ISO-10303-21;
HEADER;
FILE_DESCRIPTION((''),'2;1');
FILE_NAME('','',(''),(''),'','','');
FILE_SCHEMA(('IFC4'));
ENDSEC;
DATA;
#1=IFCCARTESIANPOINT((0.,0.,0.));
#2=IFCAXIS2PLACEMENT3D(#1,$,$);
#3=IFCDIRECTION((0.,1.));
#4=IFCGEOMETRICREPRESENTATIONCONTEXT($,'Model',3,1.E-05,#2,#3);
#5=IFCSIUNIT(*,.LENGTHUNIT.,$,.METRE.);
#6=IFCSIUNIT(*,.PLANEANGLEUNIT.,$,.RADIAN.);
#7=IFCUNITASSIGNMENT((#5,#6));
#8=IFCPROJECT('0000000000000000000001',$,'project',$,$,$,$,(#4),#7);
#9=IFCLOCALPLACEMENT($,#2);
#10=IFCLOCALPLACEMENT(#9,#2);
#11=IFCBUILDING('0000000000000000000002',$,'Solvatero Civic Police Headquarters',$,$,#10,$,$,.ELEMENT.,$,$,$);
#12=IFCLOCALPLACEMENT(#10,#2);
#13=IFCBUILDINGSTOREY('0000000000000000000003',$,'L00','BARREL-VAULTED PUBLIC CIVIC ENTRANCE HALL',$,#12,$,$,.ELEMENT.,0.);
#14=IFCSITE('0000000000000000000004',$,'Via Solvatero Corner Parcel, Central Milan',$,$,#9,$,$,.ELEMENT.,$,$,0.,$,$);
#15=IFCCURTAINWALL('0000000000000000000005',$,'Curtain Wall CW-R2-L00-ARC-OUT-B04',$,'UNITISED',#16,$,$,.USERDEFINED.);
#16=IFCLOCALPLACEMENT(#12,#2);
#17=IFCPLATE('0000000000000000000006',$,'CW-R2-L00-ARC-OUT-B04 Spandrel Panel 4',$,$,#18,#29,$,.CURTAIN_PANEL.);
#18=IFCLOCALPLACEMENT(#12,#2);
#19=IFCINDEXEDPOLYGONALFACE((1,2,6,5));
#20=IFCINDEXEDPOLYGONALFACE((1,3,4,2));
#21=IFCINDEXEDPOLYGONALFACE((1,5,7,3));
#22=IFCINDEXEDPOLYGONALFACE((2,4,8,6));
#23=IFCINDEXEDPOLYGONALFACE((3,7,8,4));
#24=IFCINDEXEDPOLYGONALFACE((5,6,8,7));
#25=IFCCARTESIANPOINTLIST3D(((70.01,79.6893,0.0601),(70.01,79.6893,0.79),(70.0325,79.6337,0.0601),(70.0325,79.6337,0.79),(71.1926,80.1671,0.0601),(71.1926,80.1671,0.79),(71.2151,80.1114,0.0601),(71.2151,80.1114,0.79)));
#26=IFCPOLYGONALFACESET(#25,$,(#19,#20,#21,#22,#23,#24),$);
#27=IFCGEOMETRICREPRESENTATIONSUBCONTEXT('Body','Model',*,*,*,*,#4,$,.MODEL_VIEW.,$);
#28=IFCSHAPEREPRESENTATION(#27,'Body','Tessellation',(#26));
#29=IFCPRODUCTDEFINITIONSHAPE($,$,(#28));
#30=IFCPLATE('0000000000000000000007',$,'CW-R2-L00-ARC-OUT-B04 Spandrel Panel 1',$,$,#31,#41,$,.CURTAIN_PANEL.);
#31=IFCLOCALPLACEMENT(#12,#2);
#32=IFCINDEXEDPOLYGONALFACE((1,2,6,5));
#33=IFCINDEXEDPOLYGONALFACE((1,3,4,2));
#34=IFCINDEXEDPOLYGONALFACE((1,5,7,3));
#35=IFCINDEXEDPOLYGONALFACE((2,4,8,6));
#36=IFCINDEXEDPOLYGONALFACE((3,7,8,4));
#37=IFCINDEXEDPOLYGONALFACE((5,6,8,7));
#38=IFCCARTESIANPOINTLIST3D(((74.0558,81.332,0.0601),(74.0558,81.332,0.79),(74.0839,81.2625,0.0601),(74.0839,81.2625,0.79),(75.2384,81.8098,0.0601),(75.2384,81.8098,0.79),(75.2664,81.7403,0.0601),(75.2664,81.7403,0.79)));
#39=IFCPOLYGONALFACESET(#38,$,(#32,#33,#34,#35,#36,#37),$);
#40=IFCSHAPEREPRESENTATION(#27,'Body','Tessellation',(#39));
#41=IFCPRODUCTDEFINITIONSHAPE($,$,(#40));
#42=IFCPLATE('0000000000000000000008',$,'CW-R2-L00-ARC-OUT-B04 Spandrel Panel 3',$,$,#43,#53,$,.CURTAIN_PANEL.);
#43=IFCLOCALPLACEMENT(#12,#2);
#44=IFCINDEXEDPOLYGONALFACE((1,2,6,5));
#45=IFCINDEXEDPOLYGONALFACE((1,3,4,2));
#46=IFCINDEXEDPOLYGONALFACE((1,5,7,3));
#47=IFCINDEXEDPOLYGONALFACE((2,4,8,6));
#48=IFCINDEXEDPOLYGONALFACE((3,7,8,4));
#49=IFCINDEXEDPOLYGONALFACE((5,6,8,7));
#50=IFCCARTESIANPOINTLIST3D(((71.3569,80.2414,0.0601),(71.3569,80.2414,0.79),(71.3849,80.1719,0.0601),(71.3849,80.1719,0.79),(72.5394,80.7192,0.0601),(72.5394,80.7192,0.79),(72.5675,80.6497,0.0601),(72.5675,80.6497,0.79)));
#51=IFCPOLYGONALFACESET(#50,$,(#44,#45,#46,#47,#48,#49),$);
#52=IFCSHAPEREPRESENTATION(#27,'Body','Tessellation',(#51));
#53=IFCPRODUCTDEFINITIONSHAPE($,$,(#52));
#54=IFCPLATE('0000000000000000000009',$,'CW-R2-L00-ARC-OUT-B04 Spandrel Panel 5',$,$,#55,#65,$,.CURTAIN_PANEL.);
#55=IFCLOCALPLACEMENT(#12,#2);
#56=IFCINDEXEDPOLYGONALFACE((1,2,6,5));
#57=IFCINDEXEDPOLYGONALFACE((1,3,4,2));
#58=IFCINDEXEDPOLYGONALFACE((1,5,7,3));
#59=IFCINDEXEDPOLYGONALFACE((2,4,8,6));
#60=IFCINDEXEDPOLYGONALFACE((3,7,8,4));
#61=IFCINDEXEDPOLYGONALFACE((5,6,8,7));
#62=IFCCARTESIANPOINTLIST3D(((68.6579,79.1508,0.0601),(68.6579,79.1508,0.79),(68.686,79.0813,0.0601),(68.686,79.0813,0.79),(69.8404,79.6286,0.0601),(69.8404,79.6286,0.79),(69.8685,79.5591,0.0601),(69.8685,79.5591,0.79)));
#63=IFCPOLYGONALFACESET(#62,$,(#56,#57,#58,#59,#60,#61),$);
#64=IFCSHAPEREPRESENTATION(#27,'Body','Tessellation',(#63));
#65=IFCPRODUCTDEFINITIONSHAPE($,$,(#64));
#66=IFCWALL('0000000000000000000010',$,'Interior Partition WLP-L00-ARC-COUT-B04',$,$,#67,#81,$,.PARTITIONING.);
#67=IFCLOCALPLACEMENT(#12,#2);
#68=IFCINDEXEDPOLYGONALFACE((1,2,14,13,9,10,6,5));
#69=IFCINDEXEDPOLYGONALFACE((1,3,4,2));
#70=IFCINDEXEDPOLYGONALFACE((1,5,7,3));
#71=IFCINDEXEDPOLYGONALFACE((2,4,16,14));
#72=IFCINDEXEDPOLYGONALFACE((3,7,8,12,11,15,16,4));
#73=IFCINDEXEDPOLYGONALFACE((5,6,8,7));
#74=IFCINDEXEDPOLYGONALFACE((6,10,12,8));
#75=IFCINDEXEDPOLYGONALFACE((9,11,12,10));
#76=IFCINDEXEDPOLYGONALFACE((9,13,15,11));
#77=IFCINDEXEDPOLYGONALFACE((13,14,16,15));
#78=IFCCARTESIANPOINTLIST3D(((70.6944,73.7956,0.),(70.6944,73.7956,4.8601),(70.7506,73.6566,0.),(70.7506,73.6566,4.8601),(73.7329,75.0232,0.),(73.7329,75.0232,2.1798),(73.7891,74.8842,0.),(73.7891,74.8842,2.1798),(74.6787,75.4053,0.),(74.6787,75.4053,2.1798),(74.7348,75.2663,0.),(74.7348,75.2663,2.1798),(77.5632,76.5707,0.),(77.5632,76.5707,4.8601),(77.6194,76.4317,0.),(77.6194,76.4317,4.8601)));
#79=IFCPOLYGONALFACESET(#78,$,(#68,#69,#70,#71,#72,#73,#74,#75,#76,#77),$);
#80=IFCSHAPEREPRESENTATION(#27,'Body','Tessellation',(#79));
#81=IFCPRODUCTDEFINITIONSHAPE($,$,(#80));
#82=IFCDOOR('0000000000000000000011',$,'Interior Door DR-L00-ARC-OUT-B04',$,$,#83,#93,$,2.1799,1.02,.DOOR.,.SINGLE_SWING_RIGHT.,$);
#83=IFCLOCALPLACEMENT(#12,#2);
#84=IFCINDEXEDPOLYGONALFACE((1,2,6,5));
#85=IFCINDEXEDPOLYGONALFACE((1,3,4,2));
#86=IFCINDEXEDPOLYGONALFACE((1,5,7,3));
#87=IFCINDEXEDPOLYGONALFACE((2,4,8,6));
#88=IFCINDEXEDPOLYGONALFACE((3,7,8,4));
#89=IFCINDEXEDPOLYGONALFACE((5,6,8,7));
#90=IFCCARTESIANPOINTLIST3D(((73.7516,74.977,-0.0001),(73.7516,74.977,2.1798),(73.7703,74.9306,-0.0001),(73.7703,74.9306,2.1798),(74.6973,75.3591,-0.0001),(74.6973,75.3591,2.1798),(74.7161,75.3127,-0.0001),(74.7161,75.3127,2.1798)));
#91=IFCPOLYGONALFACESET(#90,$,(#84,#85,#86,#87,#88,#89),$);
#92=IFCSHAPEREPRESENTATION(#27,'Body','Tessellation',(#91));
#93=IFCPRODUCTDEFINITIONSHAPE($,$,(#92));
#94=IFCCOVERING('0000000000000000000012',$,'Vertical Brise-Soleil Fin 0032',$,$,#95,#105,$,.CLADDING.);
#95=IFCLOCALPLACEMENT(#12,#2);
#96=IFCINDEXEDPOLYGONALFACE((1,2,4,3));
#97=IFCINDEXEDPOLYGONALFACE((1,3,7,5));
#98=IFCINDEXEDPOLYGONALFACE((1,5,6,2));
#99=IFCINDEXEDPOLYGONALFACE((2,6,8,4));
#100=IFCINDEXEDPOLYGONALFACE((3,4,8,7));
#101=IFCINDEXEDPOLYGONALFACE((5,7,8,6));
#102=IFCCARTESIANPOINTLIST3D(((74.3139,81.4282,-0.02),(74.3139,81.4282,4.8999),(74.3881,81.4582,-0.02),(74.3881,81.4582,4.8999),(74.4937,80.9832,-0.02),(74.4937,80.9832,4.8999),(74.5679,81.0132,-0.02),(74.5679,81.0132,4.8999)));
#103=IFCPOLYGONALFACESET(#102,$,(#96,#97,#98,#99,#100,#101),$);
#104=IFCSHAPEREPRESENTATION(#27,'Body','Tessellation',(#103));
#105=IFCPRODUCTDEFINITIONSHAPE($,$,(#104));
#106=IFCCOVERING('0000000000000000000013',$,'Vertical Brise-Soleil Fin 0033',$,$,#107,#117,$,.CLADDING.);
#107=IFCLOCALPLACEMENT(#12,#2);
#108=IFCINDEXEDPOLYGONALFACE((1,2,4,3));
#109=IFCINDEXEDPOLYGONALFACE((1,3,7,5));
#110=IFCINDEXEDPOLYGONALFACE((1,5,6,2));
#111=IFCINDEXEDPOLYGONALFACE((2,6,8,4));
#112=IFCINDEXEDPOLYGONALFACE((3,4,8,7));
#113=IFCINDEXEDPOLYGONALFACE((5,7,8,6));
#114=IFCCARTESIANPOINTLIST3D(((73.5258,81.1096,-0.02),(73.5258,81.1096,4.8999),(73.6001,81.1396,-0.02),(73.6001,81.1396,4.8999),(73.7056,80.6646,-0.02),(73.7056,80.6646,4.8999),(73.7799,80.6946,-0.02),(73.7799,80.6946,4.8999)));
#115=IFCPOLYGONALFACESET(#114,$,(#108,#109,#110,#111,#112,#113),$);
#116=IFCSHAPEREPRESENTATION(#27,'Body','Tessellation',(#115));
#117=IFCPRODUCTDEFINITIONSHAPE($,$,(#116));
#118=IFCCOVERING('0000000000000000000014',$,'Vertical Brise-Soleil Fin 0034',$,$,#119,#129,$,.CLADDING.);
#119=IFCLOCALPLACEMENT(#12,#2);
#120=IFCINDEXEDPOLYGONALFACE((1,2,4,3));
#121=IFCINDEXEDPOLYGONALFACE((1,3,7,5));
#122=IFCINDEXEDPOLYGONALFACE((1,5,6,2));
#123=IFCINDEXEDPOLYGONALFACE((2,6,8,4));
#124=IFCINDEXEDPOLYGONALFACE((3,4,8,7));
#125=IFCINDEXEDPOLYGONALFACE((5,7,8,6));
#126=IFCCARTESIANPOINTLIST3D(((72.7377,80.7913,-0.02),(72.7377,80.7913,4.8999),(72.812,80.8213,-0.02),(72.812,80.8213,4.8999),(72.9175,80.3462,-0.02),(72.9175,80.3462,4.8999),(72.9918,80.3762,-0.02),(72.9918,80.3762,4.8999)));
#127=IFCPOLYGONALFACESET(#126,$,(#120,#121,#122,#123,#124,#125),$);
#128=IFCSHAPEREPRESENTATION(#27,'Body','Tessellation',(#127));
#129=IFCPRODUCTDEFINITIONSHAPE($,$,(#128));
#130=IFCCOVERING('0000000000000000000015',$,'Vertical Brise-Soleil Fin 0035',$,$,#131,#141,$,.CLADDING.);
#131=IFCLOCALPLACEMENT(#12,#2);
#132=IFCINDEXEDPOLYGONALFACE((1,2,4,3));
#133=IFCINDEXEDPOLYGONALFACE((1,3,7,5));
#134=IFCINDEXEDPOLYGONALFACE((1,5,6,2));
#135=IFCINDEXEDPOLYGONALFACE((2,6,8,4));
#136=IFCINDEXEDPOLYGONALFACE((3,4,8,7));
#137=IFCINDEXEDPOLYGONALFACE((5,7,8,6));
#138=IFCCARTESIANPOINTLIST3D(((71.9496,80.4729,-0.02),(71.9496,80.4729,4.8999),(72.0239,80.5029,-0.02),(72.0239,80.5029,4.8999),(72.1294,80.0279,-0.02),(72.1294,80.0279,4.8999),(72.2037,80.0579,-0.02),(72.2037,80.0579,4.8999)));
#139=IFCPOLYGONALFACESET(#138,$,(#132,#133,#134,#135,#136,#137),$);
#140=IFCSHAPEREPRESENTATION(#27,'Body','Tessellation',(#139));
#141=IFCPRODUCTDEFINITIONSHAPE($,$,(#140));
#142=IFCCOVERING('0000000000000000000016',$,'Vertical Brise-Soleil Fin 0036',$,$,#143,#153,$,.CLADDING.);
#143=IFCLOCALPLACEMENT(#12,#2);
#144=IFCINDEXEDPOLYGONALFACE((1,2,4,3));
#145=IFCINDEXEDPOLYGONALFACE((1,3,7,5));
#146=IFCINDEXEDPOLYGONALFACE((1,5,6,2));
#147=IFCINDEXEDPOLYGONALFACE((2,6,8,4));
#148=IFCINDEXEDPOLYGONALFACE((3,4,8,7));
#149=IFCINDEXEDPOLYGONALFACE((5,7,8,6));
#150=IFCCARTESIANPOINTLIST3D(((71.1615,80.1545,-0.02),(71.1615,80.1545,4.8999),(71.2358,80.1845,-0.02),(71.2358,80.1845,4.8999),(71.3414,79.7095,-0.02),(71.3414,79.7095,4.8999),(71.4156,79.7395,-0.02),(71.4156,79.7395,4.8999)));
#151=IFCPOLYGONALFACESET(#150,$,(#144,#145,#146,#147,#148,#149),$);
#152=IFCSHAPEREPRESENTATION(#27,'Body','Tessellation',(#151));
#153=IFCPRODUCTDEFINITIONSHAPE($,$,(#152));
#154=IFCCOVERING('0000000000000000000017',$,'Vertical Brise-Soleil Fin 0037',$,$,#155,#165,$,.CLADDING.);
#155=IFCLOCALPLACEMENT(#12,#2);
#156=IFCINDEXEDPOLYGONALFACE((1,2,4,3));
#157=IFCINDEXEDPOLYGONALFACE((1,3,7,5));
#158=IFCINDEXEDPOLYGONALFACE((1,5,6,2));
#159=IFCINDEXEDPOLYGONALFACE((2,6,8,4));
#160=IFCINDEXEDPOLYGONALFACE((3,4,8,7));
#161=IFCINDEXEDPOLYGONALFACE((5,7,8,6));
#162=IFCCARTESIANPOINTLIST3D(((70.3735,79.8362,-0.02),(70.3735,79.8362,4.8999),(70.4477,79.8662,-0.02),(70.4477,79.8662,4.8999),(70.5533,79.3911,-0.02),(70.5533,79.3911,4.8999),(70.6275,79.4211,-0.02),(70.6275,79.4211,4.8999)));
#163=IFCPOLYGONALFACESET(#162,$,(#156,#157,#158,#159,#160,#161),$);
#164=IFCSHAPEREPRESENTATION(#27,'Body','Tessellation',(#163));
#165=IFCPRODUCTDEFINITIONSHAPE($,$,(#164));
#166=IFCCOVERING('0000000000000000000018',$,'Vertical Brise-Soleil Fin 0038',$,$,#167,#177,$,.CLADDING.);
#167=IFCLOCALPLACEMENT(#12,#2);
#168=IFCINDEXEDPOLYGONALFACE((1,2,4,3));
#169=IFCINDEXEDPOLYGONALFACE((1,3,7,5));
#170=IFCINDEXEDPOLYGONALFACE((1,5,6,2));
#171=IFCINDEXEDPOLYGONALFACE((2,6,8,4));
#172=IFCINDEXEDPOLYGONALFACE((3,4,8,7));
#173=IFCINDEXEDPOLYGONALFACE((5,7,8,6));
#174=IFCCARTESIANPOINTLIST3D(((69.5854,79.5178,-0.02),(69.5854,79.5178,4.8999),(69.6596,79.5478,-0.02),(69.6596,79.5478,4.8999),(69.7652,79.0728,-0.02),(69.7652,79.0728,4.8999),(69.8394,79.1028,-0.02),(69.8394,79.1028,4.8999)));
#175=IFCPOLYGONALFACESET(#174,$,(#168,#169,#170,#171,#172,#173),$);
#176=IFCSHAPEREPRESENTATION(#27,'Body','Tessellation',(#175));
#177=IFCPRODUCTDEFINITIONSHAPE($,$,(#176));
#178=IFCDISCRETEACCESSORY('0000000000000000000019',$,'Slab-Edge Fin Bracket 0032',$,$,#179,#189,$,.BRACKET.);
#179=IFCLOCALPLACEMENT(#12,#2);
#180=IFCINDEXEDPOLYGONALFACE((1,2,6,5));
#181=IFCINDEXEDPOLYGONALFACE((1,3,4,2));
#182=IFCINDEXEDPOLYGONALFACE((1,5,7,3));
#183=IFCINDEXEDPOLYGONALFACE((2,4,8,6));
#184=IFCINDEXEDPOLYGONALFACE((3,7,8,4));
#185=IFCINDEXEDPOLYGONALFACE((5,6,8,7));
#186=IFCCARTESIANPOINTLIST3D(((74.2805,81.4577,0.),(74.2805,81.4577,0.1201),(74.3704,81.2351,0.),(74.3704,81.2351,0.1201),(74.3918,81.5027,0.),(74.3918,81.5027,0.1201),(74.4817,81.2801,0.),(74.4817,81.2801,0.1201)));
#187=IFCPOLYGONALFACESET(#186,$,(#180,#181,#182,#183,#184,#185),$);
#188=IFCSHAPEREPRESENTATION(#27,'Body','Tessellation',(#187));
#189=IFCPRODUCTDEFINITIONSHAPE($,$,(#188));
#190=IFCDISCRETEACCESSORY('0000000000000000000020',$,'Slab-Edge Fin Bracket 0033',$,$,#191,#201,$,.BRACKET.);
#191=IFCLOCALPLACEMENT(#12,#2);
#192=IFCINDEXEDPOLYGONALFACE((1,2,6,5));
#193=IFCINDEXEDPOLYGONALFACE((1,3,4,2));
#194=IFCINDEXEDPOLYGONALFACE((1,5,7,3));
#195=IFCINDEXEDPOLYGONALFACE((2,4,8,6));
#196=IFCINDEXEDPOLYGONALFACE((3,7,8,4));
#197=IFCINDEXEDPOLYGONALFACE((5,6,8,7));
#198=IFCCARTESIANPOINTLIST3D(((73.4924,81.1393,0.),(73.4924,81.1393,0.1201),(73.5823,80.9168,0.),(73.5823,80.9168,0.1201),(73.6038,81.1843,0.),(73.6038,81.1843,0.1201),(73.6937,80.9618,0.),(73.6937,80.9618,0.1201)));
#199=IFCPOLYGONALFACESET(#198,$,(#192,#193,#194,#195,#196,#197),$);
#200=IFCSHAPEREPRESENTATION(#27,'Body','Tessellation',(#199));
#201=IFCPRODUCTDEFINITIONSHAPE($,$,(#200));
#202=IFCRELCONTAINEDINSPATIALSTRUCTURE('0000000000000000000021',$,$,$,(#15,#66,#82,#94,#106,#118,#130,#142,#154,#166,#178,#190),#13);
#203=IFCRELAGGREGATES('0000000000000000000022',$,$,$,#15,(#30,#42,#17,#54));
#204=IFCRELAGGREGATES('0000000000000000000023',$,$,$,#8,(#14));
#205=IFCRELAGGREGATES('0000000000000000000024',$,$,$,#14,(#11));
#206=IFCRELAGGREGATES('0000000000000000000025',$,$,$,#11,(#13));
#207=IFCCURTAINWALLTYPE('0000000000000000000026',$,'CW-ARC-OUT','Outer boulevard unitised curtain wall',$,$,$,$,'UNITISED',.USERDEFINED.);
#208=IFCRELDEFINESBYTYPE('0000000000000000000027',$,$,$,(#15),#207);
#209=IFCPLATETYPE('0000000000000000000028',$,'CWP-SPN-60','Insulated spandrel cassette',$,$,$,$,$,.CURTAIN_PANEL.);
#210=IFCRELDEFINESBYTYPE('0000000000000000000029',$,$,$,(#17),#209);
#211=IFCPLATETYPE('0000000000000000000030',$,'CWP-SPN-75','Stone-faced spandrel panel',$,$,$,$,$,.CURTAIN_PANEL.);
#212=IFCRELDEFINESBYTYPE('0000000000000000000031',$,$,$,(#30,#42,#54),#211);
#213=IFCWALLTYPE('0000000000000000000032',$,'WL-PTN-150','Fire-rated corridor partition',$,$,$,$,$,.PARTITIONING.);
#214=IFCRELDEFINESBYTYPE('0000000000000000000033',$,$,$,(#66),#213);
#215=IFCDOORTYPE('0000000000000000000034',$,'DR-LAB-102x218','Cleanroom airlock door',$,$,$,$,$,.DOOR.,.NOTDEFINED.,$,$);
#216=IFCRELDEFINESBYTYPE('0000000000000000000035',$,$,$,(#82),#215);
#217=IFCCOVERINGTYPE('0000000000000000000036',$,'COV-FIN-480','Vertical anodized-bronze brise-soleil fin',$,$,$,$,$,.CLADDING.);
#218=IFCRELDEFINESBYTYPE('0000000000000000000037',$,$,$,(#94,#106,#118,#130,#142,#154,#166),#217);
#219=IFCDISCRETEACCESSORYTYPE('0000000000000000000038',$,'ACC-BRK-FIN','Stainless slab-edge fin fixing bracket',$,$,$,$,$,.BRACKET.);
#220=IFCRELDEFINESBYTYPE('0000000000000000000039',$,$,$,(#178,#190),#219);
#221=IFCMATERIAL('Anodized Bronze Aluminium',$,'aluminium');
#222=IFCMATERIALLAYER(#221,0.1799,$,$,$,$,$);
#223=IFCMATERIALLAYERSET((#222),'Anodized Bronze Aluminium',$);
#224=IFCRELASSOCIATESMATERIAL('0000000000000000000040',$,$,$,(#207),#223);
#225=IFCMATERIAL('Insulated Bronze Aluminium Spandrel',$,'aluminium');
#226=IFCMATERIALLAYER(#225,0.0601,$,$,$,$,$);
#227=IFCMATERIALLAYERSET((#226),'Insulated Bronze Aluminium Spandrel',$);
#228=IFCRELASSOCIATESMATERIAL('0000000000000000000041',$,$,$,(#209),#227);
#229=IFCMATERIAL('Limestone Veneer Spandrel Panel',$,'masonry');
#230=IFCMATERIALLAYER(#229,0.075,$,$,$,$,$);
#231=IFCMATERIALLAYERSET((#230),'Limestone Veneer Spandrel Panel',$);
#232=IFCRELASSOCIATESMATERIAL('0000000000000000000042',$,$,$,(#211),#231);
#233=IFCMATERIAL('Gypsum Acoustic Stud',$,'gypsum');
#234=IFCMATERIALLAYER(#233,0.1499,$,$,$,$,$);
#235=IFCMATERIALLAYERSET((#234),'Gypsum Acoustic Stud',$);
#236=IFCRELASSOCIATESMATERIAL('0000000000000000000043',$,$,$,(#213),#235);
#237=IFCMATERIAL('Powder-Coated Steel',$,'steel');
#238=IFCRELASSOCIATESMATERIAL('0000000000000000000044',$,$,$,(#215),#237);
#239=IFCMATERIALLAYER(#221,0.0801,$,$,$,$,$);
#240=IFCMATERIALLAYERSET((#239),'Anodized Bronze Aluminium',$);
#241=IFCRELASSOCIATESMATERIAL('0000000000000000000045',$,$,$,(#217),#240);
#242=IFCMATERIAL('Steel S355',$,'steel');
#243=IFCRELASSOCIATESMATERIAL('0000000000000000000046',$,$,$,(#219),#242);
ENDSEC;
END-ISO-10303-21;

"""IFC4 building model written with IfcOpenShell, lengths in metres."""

from ifc_helpers import new_model, si_unit, direction, frame, frame_2d, origin, origin_2d, place, context, subcontext, project, spatial, rectangle, extrude, material, layer, layer_set, type_object, element, fill, aggregate, save


model = new_model("IFC4")

# Units and contexts
model_context = context("Model", 3, precision=1e-05, world=origin(), true_north=direction((0.0, 1.0)))
body_context = subcontext(model_context, "Body", "Model", "MODEL_VIEW")
ifc_project = project(units=[si_unit("LENGTHUNIT", "METRE"), si_unit("PLANEANGLEUNIT", "RADIAN")], contexts=[model_context])

# Site, building, storey
site_placement = place(None, origin())
site = spatial("IfcSite", under=ifc_project, at=site_placement, Name="Via Solvatero Corner Parcel, Central Milan", CompositionType="ELEMENT", RefElevation=0.0)
building_placement = place(site_placement, origin())
building = spatial("IfcBuilding", under=site, at=building_placement, Name="Solvatero Civic Police Headquarters", CompositionType="ELEMENT")
storey_placement = place(building_placement, origin())
storey = spatial("IfcBuildingStorey", under=building, at=storey_placement, Name="L00", Description="BARREL-VAULTED PUBLIC CIVIC ENTRANCE HALL", CompositionType="ELEMENT", Elevation=0.0)

# Shared definitions
ifc_material_1 = material(Name="Steel S355", Category="steel")

# Curtain wall, plates
ifc_material_2 = material(Name="Anodized Bronze Aluminium", Category="aluminium")
ifc_layer_1 = layer(ifc_material_2, 0.1799)
ifc_layer_set_1 = layer_set([ifc_layer_1], Name="Anodized Bronze Aluminium")
curtain_wall_type = type_object("IfcCurtainWallType", Name="CW-ARC-OUT", Description="Outer boulevard unitised curtain wall", ElementType="UNITISED", PredefinedType="USERDEFINED", material=ifc_layer_set_1)
curtain_wall_placement = place(storey_placement, origin())
curtain_wall = element("IfcCurtainWall", 1, at=curtain_wall_placement, inside=storey, type_object=curtain_wall_type, Name="Curtain Wall CW-R2-L00-ARC-OUT-B04", ObjectType="UNITISED", PredefinedType="USERDEFINED")
ifc_material_3 = material(Name="Insulated Bronze Aluminium Spandrel", Category="aluminium")
ifc_layer_2 = layer(ifc_material_3, 0.0601)
ifc_layer_set_2 = layer_set([ifc_layer_2], Name="Insulated Bronze Aluminium Spandrel")
plate_type_1 = type_object("IfcPlateType", Name="CWP-SPN-60", Description="Insulated spandrel cassette", PredefinedType="CURTAIN_PANEL", material=ifc_layer_set_2)
plate_1_placement = place(storey_placement, frame((70.6125, 79.9004, 0.0601), z_axis=(0.0, 0.0, 1.0), x_axis=(-0.927184, -0.374607, 0.0)))
plate_1 = element("IfcPlate", 2, at=plate_1_placement, type_object=plate_type_1, Name="CW-R2-L00-ARC-OUT-B04 Spandrel Panel 4", PredefinedType="CURTAIN_PANEL", context=body_context, shape_type="SweptSolid", body=[
    extrude(rectangle(XDim=1.2754, YDim=0.0601, at=origin_2d()), origin(), (0.0, 0.0, 1.0), 0.73),
])
ifc_material_4 = material(Name="Limestone Veneer Spandrel Panel", Category="masonry")
ifc_layer_3 = layer(ifc_material_4, 0.075)
ifc_layer_set_3 = layer_set([ifc_layer_3], Name="Limestone Veneer Spandrel Panel")
plate_type_2 = type_object("IfcPlateType", Name="CWP-SPN-75", Description="Stone-faced spandrel panel", PredefinedType="CURTAIN_PANEL", material=ifc_layer_set_3)
plate_2_placement = place(storey_placement, frame((74.6611, 81.5361, 0.0601), z_axis=(0.0, 0.0, 1.0), x_axis=(-0.927184, -0.374607, 0.0)))
plate_2 = element("IfcPlate", 3, at=plate_2_placement, type_object=plate_type_2, Name="CW-R2-L00-ARC-OUT-B04 Spandrel Panel 1", PredefinedType="CURTAIN_PANEL", context=body_context, shape_type="SweptSolid", body=[
    extrude(rectangle(XDim=1.2754, YDim=0.075, at=origin_2d()), origin(), (0.0, 0.0, 1.0), 0.73),
])
plate_3_placement = place(storey_placement, frame((71.9622, 80.4456, 0.0601), z_axis=(0.0, 0.0, 1.0), x_axis=(-0.927184, -0.374607, 0.0)))
plate_3 = element("IfcPlate", 4, at=plate_3_placement, type_object=plate_type_2, Name="CW-R2-L00-ARC-OUT-B04 Spandrel Panel 3", PredefinedType="CURTAIN_PANEL", context=body_context, shape_type="SweptSolid", body=[
    extrude(rectangle(XDim=1.2754, YDim=0.075, at=origin_2d()), origin(), (0.0, 0.0, 1.0), 0.73),
])
plate_4_placement = place(storey_placement, frame((69.2632, 79.355, 0.0601), z_axis=(0.0, 0.0, 1.0), x_axis=(-0.927184, -0.374607, 0.0)))
plate_4 = element("IfcPlate", 5, at=plate_4_placement, type_object=plate_type_2, Name="CW-R2-L00-ARC-OUT-B04 Spandrel Panel 5", PredefinedType="CURTAIN_PANEL", context=body_context, shape_type="SweptSolid", body=[
    extrude(rectangle(XDim=1.2754, YDim=0.075, at=origin_2d()), origin(), (0.0, 0.0, 1.0), 0.73),
])
aggregate(curtain_wall, [plate_2, plate_3, plate_1, plate_4])

# Wall, opening, door
ifc_material_5 = material(Name="Gypsum Acoustic Stud", Category="gypsum")
ifc_layer_4 = layer(ifc_material_5, 0.1499)
ifc_layer_set_4 = layer_set([ifc_layer_4], Name="Gypsum Acoustic Stud")
wall_type = type_object("IfcWallType", Name="WL-PTN-150", Description="Fire-rated corridor partition", PredefinedType="PARTITIONING", material=ifc_layer_set_4)
wall_placement = place(storey_placement, frame((77.5913, 76.5012, 0.0), z_axis=(0.0, 0.0, 1.0), x_axis=(-0.927187, -0.374599, 0.0)))
wall = element("IfcWall", 6, at=wall_placement, inside=storey, type_object=wall_type, Name="Interior Partition WLP-L00-ARC-COUT-B04", PredefinedType="PARTITIONING", context=body_context, shape_type="SweptSolid", body=[
    extrude(rectangle(XDim=7.4082, YDim=0.1499, at=frame_2d((3.7041, 0.0))), origin(), (0.0, 0.0, 1.0), 4.8601),
])
opening_placement = place(wall_placement, frame((3.1111, 0.0, 0.0)))
opening = element("IfcOpeningElement", 7, at=opening_placement, cuts=wall, PredefinedType="OPENING", context=body_context, shape_type="SweptSolid", body=[
    extrude(rectangle(XDim=1.02, YDim=2.1799, at=frame_2d((0.51, 1.0898))), frame((0.0, 0.085, 0.0), z_axis=(0.0, -1.0, 0.0), x_axis=(1.0, 0.0, 0.0)), (0.0, 0.0, 1.0), 0.1699),
])
ifc_material_6 = material(Name="Powder-Coated Steel", Category="steel")
door_type = type_object("IfcDoorType", Name="DR-LAB-102x218", Description="Cleanroom airlock door", OperationType="NOTDEFINED", PredefinedType="DOOR", material=ifc_material_6)
door_placement = place(opening_placement, origin())
door = element("IfcDoor", 8, at=door_placement, inside=storey, type_object=door_type, Name="Interior Door DR-L00-ARC-OUT-B04", OperationType="SINGLE_SWING_RIGHT", OverallHeight=2.1799, OverallWidth=1.02, PredefinedType="DOOR", context=body_context, shape_type="SweptSolid", body=[
    extrude(rectangle(XDim=1.02, YDim=2.1799, at=frame_2d((0.51, 1.0898))), frame((0.0, 0.0249, 0.0), z_axis=(0.0, -1.0, 0.0), x_axis=(1.0, 0.0, 0.0)), (0.0, 0.0, 1.0), 0.05),
])
fill(opening, door)

# Coverings
ifc_layer_5 = layer(ifc_material_2, 0.0801)
ifc_layer_set_5 = layer_set([ifc_layer_5], Name="Anodized Bronze Aluminium")
covering_type = type_object("IfcCoveringType", Name="COV-FIN-480", Description="Vertical anodized-bronze brise-soleil fin", PredefinedType="CLADDING", material=ifc_layer_set_5)
for number, where, z_axis, x_axis, name in (
    (9, (74.4409, 81.2207, -0.02), (0.0, 0.0, 1.0), (-0.927184, -0.374607, 0.0), "Vertical Brise-Soleil Fin 0032"),
    (10, (73.6528, 80.9021, -0.02), (0.0, 0.0, 1.0), (-0.927184, -0.374607, 0.0), "Vertical Brise-Soleil Fin 0033"),
    (11, (72.8647, 80.5837, -0.02), (0.0, 0.0, 1.0), (-0.927184, -0.374607, 0.0), "Vertical Brise-Soleil Fin 0034"),
    (12, (72.0767, 80.2654, -0.02), (0.0, 0.0, 1.0), (-0.927184, -0.374607, 0.0), "Vertical Brise-Soleil Fin 0035"),
    (13, (71.2886, 79.947, -0.02), (0.0, 0.0, 1.0), (-0.927184, -0.374607, 0.0), "Vertical Brise-Soleil Fin 0036"),
    (14, (70.5005, 79.6287, -0.02), (0.0, 0.0, 1.0), (-0.927184, -0.374607, 0.0), "Vertical Brise-Soleil Fin 0037"),
    (15, (69.7124, 79.3103, -0.02), (0.0, 0.0, 1.0), (-0.927184, -0.374607, 0.0), "Vertical Brise-Soleil Fin 0038"),
):
    element("IfcCovering", number, at=place(storey_placement, frame(where, z_axis=z_axis, x_axis=x_axis)), inside=storey, type_object=covering_type, Name=name, PredefinedType="CLADDING", context=body_context, shape_type="SweptSolid", body=[
        extrude(rectangle(XDim=0.0801, YDim=0.48, at=origin_2d()), origin(), (0.0, 0.0, 1.0), 4.9199),
    ])

# Discrete accessories
discrete_accessory_type = type_object("IfcDiscreteAccessoryType", Name="ACC-BRK-FIN", Description="Stainless slab-edge fin fixing bracket", PredefinedType="BRACKET", material=ifc_material_1)
for number, where, z_axis, x_axis, name in (
    (16, (74.3811, 81.3689, 0.0), (0.0, 0.0, 1.0), (-0.927184, -0.374607, 0.0), "Slab-Edge Fin Bracket 0032"),
    (17, (73.593, 81.0505, 0.0), (0.0, 0.0, 1.0), (-0.927184, -0.374607, 0.0), "Slab-Edge Fin Bracket 0033"),
):
    element("IfcDiscreteAccessory", number, at=place(storey_placement, frame(where, z_axis=z_axis, x_axis=x_axis)), inside=storey, type_object=discrete_accessory_type, Name=name, PredefinedType="BRACKET", context=body_context, shape_type="SweptSolid", body=[
        extrude(rectangle(XDim=0.1201, YDim=0.24, at=origin_2d()), origin(), (0.0, 0.0, 1.0), 0.1201),
    ])

save(model, "model.ifc")
